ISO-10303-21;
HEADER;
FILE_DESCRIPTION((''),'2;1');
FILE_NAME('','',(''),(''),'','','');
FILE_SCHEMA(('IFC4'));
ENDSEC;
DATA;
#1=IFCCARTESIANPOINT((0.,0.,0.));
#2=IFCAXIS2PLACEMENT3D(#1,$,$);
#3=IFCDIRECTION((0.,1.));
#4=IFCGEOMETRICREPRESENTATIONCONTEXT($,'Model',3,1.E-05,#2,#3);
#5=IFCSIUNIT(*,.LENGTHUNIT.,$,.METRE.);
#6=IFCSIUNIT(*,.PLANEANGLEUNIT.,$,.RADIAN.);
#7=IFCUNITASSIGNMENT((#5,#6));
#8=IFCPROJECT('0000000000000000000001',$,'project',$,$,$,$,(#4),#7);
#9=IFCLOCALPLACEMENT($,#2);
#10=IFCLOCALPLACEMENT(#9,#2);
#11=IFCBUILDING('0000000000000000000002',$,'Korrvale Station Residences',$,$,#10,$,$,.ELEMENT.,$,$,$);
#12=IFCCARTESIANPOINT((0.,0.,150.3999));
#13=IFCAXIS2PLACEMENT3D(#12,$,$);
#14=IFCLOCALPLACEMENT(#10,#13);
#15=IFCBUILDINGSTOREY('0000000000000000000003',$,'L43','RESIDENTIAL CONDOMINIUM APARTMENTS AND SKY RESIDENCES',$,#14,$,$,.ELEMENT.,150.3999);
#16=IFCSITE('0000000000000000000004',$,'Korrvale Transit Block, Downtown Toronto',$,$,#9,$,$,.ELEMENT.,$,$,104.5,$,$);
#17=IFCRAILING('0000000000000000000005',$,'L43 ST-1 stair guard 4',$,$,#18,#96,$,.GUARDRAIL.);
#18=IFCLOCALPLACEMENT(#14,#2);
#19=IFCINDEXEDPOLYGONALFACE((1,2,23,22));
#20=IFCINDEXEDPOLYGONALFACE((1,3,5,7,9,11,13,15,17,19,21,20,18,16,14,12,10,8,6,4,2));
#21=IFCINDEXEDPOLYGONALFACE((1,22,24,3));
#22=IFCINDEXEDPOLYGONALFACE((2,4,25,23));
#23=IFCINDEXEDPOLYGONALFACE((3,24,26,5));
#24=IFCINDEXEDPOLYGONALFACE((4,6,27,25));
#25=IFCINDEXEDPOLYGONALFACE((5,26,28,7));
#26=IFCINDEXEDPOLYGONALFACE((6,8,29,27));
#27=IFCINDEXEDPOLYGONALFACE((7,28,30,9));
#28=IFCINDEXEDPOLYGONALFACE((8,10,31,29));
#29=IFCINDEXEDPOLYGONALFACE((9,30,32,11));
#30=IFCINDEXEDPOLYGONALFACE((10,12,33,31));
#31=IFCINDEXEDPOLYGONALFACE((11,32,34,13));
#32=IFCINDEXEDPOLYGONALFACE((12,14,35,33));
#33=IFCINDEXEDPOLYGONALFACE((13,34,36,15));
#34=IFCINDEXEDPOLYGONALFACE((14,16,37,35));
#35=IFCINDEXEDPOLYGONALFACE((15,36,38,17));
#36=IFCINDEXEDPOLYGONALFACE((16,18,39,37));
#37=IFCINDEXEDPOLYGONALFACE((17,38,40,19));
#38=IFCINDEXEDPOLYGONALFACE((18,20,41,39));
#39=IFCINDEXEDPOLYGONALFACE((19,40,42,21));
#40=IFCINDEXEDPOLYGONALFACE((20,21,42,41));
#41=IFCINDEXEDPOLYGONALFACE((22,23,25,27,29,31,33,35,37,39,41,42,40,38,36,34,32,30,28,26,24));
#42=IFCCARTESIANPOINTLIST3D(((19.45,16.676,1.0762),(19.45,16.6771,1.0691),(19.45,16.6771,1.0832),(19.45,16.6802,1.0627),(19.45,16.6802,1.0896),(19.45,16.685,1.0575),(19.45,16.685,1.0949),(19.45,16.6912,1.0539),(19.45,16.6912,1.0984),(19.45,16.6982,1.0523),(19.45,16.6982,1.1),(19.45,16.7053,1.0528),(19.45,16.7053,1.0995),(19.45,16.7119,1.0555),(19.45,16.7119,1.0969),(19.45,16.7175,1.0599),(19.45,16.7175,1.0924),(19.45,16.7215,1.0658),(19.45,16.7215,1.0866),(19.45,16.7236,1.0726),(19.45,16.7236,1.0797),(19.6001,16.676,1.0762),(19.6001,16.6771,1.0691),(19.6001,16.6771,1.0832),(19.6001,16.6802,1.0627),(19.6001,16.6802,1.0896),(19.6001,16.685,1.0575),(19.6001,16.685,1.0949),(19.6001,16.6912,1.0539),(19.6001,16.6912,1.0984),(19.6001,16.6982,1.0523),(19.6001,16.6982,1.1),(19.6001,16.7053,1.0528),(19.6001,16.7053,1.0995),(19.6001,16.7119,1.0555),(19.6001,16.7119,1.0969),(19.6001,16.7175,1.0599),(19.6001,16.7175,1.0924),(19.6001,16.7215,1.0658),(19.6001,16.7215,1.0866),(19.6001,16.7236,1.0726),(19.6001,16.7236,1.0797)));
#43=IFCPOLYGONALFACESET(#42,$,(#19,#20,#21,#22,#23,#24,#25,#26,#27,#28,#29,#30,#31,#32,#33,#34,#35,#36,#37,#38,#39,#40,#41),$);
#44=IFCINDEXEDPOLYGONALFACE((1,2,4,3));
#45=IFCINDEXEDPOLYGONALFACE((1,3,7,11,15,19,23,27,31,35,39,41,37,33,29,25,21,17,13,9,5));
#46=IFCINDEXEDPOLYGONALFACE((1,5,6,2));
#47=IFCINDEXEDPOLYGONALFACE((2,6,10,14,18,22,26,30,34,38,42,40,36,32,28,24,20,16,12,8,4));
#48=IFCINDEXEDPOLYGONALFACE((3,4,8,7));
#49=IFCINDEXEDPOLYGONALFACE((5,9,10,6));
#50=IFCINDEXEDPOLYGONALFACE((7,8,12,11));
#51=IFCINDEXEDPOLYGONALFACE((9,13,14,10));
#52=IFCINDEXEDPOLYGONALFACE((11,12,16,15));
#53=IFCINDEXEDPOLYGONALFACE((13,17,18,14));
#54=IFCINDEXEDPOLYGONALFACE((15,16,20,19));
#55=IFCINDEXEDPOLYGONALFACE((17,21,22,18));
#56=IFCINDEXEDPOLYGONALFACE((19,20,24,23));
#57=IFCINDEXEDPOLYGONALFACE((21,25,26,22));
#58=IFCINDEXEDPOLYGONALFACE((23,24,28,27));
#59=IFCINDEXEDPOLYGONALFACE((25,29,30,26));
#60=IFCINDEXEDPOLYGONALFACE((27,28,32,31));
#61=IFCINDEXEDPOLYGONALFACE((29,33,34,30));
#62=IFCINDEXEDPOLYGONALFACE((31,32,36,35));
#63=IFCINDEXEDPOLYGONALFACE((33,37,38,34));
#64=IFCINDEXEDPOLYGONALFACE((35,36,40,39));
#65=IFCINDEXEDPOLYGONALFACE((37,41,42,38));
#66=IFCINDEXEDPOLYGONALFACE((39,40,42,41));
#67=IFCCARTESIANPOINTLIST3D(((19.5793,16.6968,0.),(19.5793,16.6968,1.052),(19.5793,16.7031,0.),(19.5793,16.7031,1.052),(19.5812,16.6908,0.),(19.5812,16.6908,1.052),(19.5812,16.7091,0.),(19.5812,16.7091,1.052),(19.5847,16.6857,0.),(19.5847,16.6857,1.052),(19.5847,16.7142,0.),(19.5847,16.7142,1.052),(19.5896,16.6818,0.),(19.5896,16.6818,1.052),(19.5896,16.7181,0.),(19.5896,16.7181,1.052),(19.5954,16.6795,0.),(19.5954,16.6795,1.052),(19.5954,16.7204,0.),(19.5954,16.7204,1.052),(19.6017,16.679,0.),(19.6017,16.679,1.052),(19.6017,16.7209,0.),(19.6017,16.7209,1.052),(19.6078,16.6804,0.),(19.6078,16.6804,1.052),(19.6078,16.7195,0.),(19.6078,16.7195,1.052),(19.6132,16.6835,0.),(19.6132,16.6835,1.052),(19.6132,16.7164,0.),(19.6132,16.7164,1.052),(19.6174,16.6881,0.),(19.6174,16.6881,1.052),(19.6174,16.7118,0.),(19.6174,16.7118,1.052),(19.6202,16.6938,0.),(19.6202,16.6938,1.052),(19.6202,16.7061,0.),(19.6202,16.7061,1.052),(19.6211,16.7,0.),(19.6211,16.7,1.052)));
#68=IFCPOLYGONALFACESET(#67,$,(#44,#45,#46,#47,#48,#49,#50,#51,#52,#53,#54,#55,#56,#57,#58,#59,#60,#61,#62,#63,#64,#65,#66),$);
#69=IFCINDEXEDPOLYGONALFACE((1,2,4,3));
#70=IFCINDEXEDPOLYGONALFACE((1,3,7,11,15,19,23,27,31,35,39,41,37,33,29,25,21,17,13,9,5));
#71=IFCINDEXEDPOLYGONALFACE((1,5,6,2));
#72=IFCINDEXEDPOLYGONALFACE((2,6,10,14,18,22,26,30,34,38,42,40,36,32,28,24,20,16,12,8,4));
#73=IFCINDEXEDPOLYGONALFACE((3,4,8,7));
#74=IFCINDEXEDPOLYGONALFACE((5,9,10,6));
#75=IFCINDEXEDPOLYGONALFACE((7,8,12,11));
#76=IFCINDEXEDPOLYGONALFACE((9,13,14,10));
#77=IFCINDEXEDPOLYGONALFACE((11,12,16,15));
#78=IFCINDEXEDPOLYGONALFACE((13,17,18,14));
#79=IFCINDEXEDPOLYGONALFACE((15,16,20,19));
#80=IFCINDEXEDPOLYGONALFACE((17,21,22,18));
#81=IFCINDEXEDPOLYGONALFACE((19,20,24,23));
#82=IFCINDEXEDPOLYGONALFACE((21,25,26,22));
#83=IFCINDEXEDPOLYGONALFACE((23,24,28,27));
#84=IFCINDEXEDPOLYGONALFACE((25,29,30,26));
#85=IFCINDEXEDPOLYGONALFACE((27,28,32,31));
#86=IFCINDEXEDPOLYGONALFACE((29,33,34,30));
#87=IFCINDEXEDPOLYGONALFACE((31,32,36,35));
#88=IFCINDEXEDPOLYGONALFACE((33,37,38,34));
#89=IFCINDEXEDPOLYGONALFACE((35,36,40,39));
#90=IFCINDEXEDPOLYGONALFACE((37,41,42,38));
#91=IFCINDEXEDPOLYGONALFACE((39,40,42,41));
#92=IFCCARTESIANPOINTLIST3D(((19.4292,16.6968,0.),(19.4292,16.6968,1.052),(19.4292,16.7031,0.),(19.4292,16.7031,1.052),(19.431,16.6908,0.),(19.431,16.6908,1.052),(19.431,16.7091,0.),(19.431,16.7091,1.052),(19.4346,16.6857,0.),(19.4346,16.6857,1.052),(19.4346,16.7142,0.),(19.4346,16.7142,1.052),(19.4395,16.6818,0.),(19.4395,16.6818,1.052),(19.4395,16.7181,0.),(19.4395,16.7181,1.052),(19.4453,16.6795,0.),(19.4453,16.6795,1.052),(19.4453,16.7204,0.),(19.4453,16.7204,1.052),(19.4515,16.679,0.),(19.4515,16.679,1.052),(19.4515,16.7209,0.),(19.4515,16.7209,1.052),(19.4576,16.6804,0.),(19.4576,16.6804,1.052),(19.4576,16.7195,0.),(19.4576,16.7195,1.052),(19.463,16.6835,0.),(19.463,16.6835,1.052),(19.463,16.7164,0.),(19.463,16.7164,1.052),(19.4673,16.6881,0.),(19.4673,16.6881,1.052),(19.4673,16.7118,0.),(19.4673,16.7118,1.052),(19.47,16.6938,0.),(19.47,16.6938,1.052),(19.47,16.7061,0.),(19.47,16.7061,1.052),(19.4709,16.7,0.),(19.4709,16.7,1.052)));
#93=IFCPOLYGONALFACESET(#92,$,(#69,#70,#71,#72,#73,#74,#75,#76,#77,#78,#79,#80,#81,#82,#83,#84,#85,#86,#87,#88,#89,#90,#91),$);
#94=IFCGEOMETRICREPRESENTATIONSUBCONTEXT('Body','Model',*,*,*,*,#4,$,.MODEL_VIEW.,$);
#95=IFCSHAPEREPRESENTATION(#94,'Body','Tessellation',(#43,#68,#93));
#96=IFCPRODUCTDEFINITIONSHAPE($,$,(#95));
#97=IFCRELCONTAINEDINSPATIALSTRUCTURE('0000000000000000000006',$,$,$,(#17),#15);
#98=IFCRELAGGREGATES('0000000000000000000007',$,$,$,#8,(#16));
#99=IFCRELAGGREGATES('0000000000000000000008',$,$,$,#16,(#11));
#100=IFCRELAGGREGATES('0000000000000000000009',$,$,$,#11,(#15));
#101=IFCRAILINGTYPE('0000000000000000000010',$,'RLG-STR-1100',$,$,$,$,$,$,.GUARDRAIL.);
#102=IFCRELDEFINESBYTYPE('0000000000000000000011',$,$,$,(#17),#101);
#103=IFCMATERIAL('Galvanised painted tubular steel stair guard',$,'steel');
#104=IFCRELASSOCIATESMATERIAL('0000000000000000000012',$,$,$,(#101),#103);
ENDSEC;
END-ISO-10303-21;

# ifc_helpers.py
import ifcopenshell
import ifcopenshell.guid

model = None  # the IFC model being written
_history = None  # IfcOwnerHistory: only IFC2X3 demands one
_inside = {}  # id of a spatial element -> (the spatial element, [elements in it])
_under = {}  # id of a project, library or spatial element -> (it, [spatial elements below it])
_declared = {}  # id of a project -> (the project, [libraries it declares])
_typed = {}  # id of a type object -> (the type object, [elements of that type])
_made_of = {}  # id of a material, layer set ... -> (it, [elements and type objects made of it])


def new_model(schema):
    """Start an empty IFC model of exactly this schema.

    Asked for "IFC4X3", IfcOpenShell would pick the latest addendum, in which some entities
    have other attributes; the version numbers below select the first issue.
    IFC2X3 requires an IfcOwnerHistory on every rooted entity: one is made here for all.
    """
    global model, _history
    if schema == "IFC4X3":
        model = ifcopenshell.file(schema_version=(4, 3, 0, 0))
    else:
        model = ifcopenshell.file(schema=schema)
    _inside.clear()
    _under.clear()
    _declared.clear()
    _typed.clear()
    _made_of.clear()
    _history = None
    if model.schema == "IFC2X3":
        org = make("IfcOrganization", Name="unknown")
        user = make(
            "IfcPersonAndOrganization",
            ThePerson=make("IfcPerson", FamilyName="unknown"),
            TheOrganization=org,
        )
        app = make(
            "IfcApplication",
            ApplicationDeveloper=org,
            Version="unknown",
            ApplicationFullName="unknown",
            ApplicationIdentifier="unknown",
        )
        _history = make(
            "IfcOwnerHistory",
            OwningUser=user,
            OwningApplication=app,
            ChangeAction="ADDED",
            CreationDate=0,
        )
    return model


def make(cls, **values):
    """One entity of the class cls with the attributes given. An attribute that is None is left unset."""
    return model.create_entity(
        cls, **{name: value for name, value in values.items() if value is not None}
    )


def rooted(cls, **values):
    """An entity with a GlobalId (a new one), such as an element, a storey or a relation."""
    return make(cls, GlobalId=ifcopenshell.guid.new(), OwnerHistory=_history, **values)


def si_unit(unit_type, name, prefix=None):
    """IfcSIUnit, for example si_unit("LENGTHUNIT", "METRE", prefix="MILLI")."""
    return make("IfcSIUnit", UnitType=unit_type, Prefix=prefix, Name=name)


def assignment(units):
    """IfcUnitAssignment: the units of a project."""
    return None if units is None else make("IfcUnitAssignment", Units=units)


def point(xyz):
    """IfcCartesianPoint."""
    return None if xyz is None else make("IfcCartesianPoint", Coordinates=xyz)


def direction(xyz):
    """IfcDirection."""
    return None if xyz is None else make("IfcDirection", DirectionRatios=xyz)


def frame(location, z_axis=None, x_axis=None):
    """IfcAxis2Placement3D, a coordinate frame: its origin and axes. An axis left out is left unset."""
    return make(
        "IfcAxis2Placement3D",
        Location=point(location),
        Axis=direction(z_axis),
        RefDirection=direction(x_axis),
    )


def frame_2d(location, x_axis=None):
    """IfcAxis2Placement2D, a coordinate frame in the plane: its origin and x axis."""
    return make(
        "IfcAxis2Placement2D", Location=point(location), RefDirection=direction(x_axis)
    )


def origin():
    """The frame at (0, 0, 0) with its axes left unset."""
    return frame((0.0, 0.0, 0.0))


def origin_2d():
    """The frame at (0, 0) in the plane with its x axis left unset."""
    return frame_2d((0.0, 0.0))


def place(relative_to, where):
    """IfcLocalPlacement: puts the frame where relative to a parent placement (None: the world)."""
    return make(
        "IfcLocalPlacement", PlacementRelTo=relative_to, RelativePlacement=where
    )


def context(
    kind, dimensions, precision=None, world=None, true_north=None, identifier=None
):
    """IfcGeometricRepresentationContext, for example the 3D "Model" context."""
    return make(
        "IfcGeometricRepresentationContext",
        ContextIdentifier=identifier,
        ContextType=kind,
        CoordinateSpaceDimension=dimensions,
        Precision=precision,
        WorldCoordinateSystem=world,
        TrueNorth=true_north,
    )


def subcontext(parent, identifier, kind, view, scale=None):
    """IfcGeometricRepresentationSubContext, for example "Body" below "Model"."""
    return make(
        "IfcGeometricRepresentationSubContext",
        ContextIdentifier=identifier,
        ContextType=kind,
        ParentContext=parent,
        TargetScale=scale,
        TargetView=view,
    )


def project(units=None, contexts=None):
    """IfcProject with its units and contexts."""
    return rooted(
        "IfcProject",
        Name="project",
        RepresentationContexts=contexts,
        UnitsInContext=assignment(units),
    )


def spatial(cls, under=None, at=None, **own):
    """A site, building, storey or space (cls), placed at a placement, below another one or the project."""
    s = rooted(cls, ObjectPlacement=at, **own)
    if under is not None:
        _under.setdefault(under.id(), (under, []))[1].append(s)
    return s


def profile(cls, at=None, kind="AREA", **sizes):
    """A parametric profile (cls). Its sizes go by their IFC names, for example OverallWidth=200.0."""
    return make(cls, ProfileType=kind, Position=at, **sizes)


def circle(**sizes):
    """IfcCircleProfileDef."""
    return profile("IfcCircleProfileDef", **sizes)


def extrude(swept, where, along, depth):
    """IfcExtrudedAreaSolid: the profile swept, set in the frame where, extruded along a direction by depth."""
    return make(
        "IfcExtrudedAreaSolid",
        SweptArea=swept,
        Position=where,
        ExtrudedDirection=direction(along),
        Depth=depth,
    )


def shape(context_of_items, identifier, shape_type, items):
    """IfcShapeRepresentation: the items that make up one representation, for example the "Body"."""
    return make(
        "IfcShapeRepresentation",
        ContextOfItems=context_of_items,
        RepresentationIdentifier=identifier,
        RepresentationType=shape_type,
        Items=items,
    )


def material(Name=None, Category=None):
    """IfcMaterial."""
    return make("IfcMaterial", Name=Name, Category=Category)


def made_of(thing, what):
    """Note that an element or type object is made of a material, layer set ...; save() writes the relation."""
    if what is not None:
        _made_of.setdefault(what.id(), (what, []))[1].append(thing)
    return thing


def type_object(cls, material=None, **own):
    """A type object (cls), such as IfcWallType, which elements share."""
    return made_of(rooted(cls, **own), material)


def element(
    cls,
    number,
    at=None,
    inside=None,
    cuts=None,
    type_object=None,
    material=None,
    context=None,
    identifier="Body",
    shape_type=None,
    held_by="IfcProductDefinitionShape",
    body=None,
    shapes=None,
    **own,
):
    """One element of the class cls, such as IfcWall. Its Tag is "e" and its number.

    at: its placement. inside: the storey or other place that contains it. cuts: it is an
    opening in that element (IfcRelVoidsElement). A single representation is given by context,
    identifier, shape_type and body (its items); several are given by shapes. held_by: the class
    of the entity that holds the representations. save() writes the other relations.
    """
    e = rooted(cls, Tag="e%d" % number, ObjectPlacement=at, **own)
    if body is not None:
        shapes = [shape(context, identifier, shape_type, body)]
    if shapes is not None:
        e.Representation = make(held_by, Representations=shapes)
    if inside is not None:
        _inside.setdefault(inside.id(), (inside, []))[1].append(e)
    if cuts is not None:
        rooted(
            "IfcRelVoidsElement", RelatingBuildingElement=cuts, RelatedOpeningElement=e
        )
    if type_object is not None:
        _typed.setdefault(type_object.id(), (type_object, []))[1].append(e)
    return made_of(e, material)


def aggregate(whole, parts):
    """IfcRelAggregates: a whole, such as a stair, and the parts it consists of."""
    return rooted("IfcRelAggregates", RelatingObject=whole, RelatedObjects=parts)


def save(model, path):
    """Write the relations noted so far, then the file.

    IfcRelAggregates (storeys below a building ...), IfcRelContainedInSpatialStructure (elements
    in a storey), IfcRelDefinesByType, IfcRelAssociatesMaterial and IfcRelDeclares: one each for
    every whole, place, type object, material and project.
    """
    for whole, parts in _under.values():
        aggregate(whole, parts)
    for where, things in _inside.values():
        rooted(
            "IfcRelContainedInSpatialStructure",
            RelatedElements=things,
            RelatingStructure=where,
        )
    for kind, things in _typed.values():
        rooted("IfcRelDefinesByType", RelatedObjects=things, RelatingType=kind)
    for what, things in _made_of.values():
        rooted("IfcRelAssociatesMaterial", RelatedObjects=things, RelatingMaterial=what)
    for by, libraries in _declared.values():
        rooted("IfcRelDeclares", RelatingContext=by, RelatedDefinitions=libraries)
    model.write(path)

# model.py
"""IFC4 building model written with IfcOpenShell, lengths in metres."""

from ifc_helpers import new_model, si_unit, direction, frame, origin, origin_2d, place, context, subcontext, project, spatial, circle, extrude, material, type_object, element, save


model = new_model("IFC4")

# Units and contexts
model_context = context("Model", 3, precision=1e-05, world=origin(), true_north=direction((0.0, 1.0)))
body_context = subcontext(model_context, "Body", "Model", "MODEL_VIEW")
ifc_project = project(units=[si_unit("LENGTHUNIT", "METRE"), si_unit("PLANEANGLEUNIT", "RADIAN")], contexts=[model_context])

# Site, building, storey
site_placement = place(None, origin())
site = spatial("IfcSite", under=ifc_project, at=site_placement, Name="Korrvale Transit Block, Downtown Toronto", CompositionType="ELEMENT", RefElevation=104.5)
building_placement = place(site_placement, origin())
building = spatial("IfcBuilding", under=site, at=building_placement, Name="Korrvale Station Residences", CompositionType="ELEMENT")
storey_placement = place(building_placement, frame((0.0, 0.0, 150.3999)))
storey = spatial("IfcBuildingStorey", under=building, at=storey_placement, Name="L43", Description="RESIDENTIAL CONDOMINIUM APARTMENTS AND SKY RESIDENCES", CompositionType="ELEMENT", Elevation=150.3999)

# Railing
ifc_material_1 = material(Name="Galvanised painted tubular steel stair guard", Category="steel")
railing_type_1 = type_object("IfcRailingType", Name="RLG-STR-1100", PredefinedType="GUARDRAIL", material=ifc_material_1)
railing_1_placement = place(storey_placement, frame((19.6001, 16.7, 0.0)))
element("IfcRailing", 1, at=railing_1_placement, inside=storey, type_object=railing_type_1, Name="L43 ST-1 stair guard 4", PredefinedType="GUARDRAIL", context=body_context, shape_type="SweptSolid", body=[
    extrude(circle(Radius=0.0239, at=origin_2d()), frame((0.0, 0.0, 1.0762), z_axis=(-1.0, 0.0, 0.0), x_axis=(0.0, -1.0, 0.0)), (0.0, 0.0, 1.0), 0.1501),
    extrude(circle(Radius=0.021, at=origin_2d()), origin(), (0.0, 0.0, 1.0), 1.052),
    extrude(circle(Radius=0.021, at=origin_2d()), frame((-0.1501, 0.0, 0.0)), (0.0, 0.0, 1.0), 1.052),
])

save(model, "model.ifc")
